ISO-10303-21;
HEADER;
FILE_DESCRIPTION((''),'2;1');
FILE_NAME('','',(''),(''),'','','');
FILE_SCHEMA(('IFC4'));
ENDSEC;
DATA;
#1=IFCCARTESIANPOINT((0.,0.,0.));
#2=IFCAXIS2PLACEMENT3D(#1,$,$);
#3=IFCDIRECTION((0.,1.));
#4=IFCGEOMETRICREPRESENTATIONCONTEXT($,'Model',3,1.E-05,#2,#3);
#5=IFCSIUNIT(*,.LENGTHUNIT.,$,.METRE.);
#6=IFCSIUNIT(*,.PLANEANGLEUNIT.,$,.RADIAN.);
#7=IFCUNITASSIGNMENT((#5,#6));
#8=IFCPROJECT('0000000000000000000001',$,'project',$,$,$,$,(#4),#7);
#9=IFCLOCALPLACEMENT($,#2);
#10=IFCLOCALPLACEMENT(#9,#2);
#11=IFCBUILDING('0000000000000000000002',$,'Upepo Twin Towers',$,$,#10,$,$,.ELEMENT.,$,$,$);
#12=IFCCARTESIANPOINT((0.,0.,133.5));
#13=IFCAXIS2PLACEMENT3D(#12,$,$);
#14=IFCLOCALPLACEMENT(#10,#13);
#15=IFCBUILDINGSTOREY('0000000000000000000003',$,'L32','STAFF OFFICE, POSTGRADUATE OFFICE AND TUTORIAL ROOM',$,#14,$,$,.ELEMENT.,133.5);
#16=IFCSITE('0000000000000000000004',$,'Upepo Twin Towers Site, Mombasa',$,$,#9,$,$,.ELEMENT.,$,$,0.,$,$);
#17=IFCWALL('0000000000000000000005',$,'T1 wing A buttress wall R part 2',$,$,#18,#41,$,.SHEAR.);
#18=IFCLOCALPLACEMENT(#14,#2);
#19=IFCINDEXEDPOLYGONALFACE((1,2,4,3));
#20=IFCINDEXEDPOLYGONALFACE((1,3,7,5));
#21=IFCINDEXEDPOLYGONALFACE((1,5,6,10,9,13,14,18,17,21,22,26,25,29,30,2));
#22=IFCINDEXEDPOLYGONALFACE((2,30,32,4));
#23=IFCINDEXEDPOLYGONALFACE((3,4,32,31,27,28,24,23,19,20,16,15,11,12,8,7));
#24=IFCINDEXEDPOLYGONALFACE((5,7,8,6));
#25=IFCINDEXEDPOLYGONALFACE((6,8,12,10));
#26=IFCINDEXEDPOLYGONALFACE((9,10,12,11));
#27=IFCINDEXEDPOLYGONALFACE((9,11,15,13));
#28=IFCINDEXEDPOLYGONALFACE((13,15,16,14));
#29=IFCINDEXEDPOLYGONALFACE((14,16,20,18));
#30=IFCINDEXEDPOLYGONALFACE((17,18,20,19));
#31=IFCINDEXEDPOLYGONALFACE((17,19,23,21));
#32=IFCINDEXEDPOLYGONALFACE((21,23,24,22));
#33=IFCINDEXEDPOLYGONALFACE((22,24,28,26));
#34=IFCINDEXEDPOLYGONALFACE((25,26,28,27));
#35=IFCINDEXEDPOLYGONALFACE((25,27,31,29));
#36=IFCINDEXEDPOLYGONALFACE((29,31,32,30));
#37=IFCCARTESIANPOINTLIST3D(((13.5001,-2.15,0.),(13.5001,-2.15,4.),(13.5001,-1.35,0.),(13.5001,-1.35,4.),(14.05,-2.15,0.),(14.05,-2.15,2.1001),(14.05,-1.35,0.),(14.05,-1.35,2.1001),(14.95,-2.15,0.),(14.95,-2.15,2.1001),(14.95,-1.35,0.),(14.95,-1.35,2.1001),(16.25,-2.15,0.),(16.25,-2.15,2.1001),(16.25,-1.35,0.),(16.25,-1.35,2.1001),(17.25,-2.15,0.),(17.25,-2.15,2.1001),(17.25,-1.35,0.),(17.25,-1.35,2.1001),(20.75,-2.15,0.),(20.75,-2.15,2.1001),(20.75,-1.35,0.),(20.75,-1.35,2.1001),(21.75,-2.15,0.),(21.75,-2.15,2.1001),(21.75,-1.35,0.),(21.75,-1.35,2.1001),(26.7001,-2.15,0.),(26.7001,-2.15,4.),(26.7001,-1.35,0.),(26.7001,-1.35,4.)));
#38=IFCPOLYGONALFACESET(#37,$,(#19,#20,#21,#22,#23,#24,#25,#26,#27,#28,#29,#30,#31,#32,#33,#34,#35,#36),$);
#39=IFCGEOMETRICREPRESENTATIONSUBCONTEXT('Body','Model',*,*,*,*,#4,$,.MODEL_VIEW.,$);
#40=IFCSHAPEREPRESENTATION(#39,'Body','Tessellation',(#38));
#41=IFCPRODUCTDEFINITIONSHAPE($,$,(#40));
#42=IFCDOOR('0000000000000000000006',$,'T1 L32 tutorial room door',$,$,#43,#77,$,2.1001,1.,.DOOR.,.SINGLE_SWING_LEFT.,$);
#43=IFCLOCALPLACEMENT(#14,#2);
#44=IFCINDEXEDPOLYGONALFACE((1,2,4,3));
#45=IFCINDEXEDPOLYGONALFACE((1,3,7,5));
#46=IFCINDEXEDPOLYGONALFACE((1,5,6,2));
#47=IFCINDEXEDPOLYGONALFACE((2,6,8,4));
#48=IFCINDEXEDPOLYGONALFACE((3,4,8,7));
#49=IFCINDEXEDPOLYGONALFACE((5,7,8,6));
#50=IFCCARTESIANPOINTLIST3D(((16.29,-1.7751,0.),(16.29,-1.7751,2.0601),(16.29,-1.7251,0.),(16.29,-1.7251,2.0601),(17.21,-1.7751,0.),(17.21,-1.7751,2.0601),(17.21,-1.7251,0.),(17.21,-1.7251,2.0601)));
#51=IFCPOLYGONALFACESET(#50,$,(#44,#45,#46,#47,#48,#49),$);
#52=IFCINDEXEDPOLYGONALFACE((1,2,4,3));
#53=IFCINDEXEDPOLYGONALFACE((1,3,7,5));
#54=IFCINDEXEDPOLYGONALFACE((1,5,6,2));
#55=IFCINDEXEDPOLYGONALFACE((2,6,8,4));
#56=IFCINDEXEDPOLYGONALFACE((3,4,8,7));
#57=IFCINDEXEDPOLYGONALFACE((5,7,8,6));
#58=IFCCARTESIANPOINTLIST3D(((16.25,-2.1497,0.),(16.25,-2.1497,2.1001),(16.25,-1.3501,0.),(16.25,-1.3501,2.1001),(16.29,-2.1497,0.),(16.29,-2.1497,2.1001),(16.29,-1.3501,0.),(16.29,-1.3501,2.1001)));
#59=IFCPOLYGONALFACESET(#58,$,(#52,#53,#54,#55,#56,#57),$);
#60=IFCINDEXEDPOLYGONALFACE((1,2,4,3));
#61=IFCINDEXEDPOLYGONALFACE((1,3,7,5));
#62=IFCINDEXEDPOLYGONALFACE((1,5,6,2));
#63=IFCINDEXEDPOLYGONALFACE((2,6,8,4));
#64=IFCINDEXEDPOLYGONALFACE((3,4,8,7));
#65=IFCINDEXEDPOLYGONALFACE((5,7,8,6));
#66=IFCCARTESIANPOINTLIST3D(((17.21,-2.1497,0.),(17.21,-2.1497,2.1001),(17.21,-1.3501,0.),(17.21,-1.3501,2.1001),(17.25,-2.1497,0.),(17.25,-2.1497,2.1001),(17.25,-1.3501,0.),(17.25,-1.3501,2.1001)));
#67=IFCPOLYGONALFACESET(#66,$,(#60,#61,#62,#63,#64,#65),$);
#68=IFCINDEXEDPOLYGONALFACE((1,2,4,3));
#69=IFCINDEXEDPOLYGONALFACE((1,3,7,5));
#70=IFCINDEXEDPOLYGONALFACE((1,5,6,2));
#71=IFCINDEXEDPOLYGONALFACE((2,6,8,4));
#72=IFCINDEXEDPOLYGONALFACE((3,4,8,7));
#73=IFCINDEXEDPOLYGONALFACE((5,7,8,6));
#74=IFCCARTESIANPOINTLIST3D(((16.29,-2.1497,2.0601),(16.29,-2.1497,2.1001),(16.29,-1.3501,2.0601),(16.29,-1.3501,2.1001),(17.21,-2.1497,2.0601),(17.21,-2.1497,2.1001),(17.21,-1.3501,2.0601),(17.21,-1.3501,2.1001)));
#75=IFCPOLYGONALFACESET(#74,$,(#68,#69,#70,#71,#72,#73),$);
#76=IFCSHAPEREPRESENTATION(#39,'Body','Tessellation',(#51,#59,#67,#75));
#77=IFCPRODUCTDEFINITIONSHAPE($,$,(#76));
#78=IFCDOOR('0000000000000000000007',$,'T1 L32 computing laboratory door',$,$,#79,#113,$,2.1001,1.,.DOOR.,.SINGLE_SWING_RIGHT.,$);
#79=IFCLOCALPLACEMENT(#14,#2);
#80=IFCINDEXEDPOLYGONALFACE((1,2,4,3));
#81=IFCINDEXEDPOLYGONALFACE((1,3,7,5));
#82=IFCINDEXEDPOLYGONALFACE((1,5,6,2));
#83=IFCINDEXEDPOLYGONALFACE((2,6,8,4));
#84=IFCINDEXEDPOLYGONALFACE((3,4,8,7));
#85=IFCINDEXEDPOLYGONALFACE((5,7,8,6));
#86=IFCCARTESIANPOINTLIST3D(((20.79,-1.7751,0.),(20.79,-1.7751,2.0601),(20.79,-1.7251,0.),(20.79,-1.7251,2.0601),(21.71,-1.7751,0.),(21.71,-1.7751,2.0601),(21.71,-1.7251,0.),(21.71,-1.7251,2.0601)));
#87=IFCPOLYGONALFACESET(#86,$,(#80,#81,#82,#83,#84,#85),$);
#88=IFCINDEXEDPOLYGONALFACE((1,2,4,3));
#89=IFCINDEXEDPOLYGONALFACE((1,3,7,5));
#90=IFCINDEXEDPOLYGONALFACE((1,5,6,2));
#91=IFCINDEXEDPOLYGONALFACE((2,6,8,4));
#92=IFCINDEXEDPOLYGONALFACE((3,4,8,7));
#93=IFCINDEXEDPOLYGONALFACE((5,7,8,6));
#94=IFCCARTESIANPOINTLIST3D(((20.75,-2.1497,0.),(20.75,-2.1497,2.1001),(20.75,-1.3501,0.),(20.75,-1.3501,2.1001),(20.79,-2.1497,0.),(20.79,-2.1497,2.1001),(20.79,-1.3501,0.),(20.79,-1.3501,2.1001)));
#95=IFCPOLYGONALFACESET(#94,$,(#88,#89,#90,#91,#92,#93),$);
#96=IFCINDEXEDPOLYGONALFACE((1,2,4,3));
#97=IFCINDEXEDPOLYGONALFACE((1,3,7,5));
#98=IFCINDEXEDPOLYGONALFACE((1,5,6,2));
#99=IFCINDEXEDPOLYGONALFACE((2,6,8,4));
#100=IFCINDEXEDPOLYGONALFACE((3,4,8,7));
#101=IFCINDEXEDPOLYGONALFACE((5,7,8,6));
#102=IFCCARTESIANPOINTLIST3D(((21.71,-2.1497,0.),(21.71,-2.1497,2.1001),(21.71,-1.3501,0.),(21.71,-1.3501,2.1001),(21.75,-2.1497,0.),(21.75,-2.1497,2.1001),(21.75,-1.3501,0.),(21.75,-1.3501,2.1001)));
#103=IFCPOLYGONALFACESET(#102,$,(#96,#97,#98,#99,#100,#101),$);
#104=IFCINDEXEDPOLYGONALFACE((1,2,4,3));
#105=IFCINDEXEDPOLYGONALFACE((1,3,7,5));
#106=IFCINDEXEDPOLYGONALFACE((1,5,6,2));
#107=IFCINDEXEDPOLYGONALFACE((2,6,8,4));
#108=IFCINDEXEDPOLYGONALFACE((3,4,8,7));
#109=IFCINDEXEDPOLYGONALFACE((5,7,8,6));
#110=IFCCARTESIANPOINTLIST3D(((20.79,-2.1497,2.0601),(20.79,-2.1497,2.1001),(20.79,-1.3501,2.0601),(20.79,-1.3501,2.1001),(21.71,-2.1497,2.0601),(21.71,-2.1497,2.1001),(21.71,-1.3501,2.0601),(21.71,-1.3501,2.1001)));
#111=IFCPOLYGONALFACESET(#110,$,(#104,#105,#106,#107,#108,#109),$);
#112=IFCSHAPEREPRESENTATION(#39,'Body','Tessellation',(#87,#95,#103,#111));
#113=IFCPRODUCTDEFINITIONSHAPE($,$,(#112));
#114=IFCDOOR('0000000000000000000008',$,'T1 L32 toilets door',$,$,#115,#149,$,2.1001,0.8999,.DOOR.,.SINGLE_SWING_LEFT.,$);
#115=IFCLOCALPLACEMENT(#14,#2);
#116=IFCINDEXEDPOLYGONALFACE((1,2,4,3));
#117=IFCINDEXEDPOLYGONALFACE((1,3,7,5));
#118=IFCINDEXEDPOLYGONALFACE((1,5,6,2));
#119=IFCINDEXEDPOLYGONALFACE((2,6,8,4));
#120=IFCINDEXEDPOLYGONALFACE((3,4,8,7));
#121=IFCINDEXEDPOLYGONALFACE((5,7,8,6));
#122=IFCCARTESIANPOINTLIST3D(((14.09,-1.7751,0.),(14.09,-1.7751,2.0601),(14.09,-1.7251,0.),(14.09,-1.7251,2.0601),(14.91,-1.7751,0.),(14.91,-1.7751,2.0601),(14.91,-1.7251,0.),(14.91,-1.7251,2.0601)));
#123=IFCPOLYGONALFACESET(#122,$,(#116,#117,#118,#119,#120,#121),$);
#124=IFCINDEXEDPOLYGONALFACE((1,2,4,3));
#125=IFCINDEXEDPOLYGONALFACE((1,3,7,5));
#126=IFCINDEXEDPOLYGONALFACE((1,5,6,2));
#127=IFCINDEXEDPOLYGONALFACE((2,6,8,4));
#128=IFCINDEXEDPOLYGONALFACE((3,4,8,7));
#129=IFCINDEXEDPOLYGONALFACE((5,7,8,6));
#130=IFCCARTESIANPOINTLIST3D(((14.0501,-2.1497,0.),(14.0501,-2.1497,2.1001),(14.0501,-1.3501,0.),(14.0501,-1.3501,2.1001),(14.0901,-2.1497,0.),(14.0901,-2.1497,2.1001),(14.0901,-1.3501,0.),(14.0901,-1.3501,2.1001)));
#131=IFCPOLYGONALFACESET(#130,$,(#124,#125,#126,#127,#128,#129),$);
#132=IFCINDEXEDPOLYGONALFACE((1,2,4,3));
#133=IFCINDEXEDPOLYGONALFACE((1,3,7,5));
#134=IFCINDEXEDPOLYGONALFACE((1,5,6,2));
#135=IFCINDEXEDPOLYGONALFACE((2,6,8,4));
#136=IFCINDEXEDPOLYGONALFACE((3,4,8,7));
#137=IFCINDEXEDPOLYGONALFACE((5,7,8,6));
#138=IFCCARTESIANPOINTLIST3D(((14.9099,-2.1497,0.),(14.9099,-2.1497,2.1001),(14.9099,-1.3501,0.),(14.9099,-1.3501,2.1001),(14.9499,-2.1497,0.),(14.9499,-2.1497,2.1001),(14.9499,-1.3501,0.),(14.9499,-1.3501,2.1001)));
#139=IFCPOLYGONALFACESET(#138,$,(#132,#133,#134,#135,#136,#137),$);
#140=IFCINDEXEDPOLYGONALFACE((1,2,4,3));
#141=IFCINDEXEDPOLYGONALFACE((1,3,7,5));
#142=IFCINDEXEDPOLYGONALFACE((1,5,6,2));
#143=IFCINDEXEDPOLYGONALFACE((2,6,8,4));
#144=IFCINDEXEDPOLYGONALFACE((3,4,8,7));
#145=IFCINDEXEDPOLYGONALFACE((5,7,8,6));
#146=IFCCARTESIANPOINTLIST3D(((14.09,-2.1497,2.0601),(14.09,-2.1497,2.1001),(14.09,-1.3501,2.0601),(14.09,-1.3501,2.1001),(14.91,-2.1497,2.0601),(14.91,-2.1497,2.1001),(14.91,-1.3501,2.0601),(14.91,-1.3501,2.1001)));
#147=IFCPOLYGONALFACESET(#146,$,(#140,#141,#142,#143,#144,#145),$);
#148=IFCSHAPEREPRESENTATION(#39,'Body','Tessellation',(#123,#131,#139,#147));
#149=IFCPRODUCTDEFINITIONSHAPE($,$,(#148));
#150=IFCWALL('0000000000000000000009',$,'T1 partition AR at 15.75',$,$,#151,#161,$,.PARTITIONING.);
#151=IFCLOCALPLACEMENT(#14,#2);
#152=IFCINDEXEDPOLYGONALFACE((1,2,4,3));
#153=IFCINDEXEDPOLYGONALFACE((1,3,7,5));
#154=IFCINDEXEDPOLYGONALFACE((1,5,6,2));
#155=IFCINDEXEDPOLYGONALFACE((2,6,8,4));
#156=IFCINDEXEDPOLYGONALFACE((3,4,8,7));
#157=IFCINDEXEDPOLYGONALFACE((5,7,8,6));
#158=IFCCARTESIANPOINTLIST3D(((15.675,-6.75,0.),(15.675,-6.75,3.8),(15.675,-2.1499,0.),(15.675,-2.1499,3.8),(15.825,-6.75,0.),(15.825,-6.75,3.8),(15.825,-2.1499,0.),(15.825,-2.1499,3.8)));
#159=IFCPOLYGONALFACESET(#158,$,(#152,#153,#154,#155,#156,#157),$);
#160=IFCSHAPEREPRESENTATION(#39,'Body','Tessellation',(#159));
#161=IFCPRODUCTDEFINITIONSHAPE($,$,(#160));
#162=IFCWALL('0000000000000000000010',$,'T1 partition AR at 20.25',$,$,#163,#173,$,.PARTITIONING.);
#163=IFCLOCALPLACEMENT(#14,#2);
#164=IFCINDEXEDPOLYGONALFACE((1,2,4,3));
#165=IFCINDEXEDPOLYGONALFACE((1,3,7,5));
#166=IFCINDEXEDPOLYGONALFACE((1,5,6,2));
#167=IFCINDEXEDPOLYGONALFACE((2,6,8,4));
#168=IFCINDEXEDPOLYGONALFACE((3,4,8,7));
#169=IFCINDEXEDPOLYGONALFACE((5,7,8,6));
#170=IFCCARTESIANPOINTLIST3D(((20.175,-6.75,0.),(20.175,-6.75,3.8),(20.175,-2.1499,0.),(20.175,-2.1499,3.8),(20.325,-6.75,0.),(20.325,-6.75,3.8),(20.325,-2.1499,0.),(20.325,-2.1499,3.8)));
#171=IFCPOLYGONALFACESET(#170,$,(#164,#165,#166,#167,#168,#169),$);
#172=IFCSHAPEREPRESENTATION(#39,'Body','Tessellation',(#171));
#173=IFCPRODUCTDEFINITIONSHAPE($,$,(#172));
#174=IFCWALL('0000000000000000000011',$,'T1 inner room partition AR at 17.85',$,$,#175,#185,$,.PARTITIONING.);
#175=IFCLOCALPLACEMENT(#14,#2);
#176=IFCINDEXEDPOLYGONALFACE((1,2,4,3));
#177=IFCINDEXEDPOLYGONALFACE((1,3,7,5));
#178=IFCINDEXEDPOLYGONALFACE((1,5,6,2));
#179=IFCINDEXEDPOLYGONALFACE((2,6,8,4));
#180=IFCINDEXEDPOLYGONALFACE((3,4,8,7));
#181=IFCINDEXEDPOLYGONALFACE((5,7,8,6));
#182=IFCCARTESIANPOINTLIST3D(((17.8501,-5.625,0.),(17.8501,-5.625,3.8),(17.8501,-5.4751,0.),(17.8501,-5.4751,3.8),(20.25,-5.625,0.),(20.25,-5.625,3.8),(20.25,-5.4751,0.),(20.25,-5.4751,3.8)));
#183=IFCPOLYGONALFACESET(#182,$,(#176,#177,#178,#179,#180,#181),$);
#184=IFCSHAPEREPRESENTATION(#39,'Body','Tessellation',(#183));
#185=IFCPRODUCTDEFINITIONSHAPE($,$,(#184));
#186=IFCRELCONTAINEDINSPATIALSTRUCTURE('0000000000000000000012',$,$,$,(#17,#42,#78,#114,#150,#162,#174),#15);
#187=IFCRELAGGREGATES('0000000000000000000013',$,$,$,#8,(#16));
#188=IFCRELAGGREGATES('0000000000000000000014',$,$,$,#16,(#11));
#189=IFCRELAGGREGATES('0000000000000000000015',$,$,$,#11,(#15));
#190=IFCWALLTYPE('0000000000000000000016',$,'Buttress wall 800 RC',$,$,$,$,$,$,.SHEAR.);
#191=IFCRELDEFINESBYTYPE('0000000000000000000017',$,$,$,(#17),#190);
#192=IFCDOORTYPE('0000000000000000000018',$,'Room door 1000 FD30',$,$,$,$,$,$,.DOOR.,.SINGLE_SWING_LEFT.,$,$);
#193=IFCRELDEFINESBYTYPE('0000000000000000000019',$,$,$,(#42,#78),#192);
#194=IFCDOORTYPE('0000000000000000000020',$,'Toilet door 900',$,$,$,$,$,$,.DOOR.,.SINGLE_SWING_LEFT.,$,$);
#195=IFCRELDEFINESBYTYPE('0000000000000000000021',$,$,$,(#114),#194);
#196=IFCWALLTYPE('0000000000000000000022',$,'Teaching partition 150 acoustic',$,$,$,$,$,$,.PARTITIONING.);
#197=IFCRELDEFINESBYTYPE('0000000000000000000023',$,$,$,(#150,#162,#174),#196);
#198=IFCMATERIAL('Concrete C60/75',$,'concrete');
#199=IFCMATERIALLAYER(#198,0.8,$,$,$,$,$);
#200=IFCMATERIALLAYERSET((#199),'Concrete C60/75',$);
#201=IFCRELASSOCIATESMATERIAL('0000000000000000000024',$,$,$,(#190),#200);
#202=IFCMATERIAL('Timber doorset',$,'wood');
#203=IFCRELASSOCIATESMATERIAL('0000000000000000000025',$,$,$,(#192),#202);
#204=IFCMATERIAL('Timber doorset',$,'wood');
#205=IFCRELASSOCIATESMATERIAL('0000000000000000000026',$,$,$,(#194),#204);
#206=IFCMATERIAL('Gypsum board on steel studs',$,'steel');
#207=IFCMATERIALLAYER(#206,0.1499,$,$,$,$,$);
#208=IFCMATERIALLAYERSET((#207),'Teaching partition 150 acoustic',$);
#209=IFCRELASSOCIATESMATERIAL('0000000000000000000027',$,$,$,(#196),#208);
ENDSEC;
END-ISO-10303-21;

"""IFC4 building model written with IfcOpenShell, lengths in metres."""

from ifc_helpers import new_model, si_unit, direction, frame, frame_2d, origin, place, context, subcontext, project, spatial, rectangle, extrude, material, layer, layer_set, type_object, element, fill, save


model = new_model("IFC4")

# Units and contexts
model_context = context("Model", 3, precision=1e-05, world=origin(), true_north=direction((0.0, 1.0)))
body_context = subcontext(model_context, "Body", "Model", "MODEL_VIEW")
ifc_project = project(units=[si_unit("LENGTHUNIT", "METRE"), si_unit("PLANEANGLEUNIT", "RADIAN")], contexts=[model_context])

# Site, building, storey
site_placement = place(None, origin())
site = spatial("IfcSite", under=ifc_project, at=site_placement, Name="Upepo Twin Towers Site, Mombasa", CompositionType="ELEMENT", RefElevation=0.0)
building_placement = place(site_placement, origin())
building = spatial("IfcBuilding", under=site, at=building_placement, Name="Upepo Twin Towers", CompositionType="ELEMENT")
storey_placement = place(building_placement, frame((0.0, 0.0, 133.5)))
storey = spatial("IfcBuildingStorey", under=building, at=storey_placement, Name="L32", Description="STAFF OFFICE, POSTGRADUATE OFFICE AND TUTORIAL ROOM", CompositionType="ELEMENT", Elevation=133.5)

# Wall, openings, doors
ifc_material_1 = material(Name="Concrete C60/75", Category="concrete")
ifc_layer_1 = layer(ifc_material_1, 0.8)
ifc_layer_set_1 = layer_set([ifc_layer_1], Name="Concrete C60/75")
wall_type_1 = type_object("IfcWallType", Name="Buttress wall 800 RC", PredefinedType="SHEAR", material=ifc_layer_set_1)
ifc_material_2 = material(Name="Timber doorset", Category="wood")
door_type_1 = type_object("IfcDoorType", Name="Room door 1000 FD30", OperationType="SINGLE_SWING_LEFT", PredefinedType="DOOR", material=ifc_material_2)
ifc_material_3 = material(Name="Timber doorset", Category="wood")
door_type_2 = type_object("IfcDoorType", Name="Toilet door 900", OperationType="SINGLE_SWING_LEFT", PredefinedType="DOOR", material=ifc_material_3)
wall_1_placement = place(storey_placement, frame((13.5, -1.75, 0.0), z_axis=(0.0, 0.0, 1.0), x_axis=(1.0, 0.0, 0.0)))
wall_1 = element("IfcWall", 1, at=wall_1_placement, inside=storey, type_object=wall_type_1, Name="T1 wing A buttress wall R part 2", PredefinedType="SHEAR", context=body_context, shape_type="SweptSolid", body=[
    extrude(rectangle(XDim=13.2, YDim=0.8, at=frame_2d((6.6001, 0.0))), origin(), (0.0, 0.0, 1.0), 4.0),
])
opening_1_placement = place(wall_1_placement, frame((0.55, 0.0, 0.0)))
opening_1 = element("IfcOpeningElement", 2, at=opening_1_placement, cuts=wall_1, PredefinedType="OPENING", context=body_context, shape_type="SweptSolid", body=[
    extrude(rectangle(XDim=0.8999, YDim=2.1001, at=frame_2d((0.45, 1.05))), frame((0.0, 0.4099, 0.0), z_axis=(0.0, -1.0, 0.0), x_axis=(1.0, 0.0, 0.0)), (0.0, 0.0, 1.0), 0.8201),
])
opening_2_placement = place(wall_1_placement, frame((2.75, 0.0, 0.0)))
opening_2 = element("IfcOpeningElement", 3, at=opening_2_placement, cuts=wall_1, PredefinedType="OPENING", context=body_context, shape_type="SweptSolid", body=[
    extrude(rectangle(XDim=1.0, YDim=2.1001, at=frame_2d((0.5, 1.05))), frame((0.0, 0.4099, 0.0), z_axis=(0.0, -1.0, 0.0), x_axis=(1.0, 0.0, 0.0)), (0.0, 0.0, 1.0), 0.8201),
])
opening_3_placement = place(wall_1_placement, frame((7.25, 0.0, 0.0)))
opening_3 = element("IfcOpeningElement", 4, at=opening_3_placement, cuts=wall_1, PredefinedType="OPENING", context=body_context, shape_type="SweptSolid", body=[
    extrude(rectangle(XDim=1.0, YDim=2.1001, at=frame_2d((0.5, 1.05))), frame((0.0, 0.4099, 0.0), z_axis=(0.0, -1.0, 0.0), x_axis=(1.0, 0.0, 0.0)), (0.0, 0.0, 1.0), 0.8201),
])
door_1_placement = place(opening_2_placement, origin())
door_1 = element("IfcDoor", 5, at=door_1_placement, inside=storey, type_object=door_type_1, Name="T1 L32 tutorial room door", OperationType="SINGLE_SWING_LEFT", OverallHeight=2.1001, OverallWidth=1.0, PredefinedType="DOOR", context=body_context, shape_type="SweptSolid", body=[
    extrude(rectangle(XDim=0.92, YDim=2.0601, at=frame_2d((0.5, 1.03))), frame((0.0, 0.0249, 0.0), z_axis=(0.0, -1.0, 0.0), x_axis=(1.0, 0.0, 0.0)), (0.0, 0.0, 1.0), 0.05),
    extrude(rectangle(XDim=0.04, YDim=2.1001, at=frame_2d((0.02, 1.05))), frame((0.0, 0.3999, 0.0), z_axis=(0.0, -1.0, 0.0), x_axis=(1.0, 0.0, 0.0)), (0.0, 0.0, 1.0), 0.7996),
    extrude(rectangle(XDim=0.04, YDim=2.1001, at=frame_2d((0.98, 1.05))), frame((0.0, 0.3999, 0.0), z_axis=(0.0, -1.0, 0.0), x_axis=(1.0, 0.0, 0.0)), (0.0, 0.0, 1.0), 0.7996),
    extrude(rectangle(XDim=0.92, YDim=0.04, at=frame_2d((0.5, 2.0801))), frame((0.0, 0.3999, 0.0), z_axis=(0.0, -1.0, 0.0), x_axis=(1.0, 0.0, 0.0)), (0.0, 0.0, 1.0), 0.7996),
])
fill(opening_2, door_1)
door_2_placement = place(opening_3_placement, origin())
door_2 = element("IfcDoor", 6, at=door_2_placement, inside=storey, type_object=door_type_1, Name="T1 L32 computing laboratory door", OperationType="SINGLE_SWING_RIGHT", OverallHeight=2.1001, OverallWidth=1.0, PredefinedType="DOOR", context=body_context, shape_type="SweptSolid", body=[
    extrude(rectangle(XDim=0.92, YDim=2.0601, at=frame_2d((0.5, 1.03))), frame((0.0, 0.0249, 0.0), z_axis=(0.0, -1.0, 0.0), x_axis=(1.0, 0.0, 0.0)), (0.0, 0.0, 1.0), 0.05),
    extrude(rectangle(XDim=0.04, YDim=2.1001, at=frame_2d((0.02, 1.05))), frame((0.0, 0.3999, 0.0), z_axis=(0.0, -1.0, 0.0), x_axis=(1.0, 0.0, 0.0)), (0.0, 0.0, 1.0), 0.7996),
    extrude(rectangle(XDim=0.04, YDim=2.1001, at=frame_2d((0.98, 1.05))), frame((0.0, 0.3999, 0.0), z_axis=(0.0, -1.0, 0.0), x_axis=(1.0, 0.0, 0.0)), (0.0, 0.0, 1.0), 0.7996),
    extrude(rectangle(XDim=0.92, YDim=0.04, at=frame_2d((0.5, 2.0801))), frame((0.0, 0.3999, 0.0), z_axis=(0.0, -1.0, 0.0), x_axis=(1.0, 0.0, 0.0)), (0.0, 0.0, 1.0), 0.7996),
])
fill(opening_3, door_2)
door_3_placement = place(opening_1_placement, origin())
door_3 = element("IfcDoor", 7, at=door_3_placement, inside=storey, type_object=door_type_2, Name="T1 L32 toilets door", OperationType="SINGLE_SWING_LEFT", OverallHeight=2.1001, OverallWidth=0.8999, PredefinedType="DOOR", context=body_context, shape_type="SweptSolid", body=[
    extrude(rectangle(XDim=0.8199, YDim=2.0601, at=frame_2d((0.45, 1.03))), frame((0.0, 0.0249, 0.0), z_axis=(0.0, -1.0, 0.0), x_axis=(1.0, 0.0, 0.0)), (0.0, 0.0, 1.0), 0.05),
    extrude(rectangle(XDim=0.04, YDim=2.1001, at=frame_2d((0.02, 1.05))), frame((0.0, 0.3999, 0.0), z_axis=(0.0, -1.0, 0.0), x_axis=(1.0, 0.0, 0.0)), (0.0, 0.0, 1.0), 0.7996),
    extrude(rectangle(XDim=0.04, YDim=2.1001, at=frame_2d((0.8799, 1.05))), frame((0.0, 0.3999, 0.0), z_axis=(0.0, -1.0, 0.0), x_axis=(1.0, 0.0, 0.0)), (0.0, 0.0, 1.0), 0.7996),
    extrude(rectangle(XDim=0.8199, YDim=0.04, at=frame_2d((0.45, 2.0801))), frame((0.0, 0.3999, 0.0), z_axis=(0.0, -1.0, 0.0), x_axis=(1.0, 0.0, 0.0)), (0.0, 0.0, 1.0), 0.7996),
])
fill(opening_1, door_3)

# Walls
ifc_material_4 = material(Name="Gypsum board on steel studs", Category="steel")
ifc_layer_2 = layer(ifc_material_4, 0.1499)
ifc_layer_set_2 = layer_set([ifc_layer_2], Name="Teaching partition 150 acoustic")
wall_type_2 = type_object("IfcWallType", Name="Teaching partition 150 acoustic", PredefinedType="PARTITIONING", material=ifc_layer_set_2)
for number, where, z_axis, x_axis, name in (
    (8, (15.75, -2.1499, 0.0), (0.0, 0.0, 1.0), (0.0, -1.0, 0.0), "T1 partition AR at 15.75"),
    (9, (20.25, -2.1499, 0.0), (0.0, 0.0, 1.0), (0.0, -1.0, 0.0), "T1 partition AR at 20.25"),
):
    element("IfcWall", number, at=place(storey_placement, frame(where, z_axis=z_axis, x_axis=x_axis)), inside=storey, type_object=wall_type_2, Name=name, PredefinedType="PARTITIONING", context=body_context, shape_type="SweptSolid", body=[
        extrude(rectangle(XDim=4.6001, YDim=0.1499, at=frame_2d((2.3, 0.0))), origin(), (0.0, 0.0, 1.0), 3.8),
    ])
wall_2_placement = place(storey_placement, frame((17.8501, -5.55, 0.0), z_axis=(0.0, 0.0, 1.0), x_axis=(1.0, 0.0, 0.0)))
element("IfcWall", 10, at=wall_2_placement, inside=storey, type_object=wall_type_2, Name="T1 inner room partition AR at 17.85", PredefinedType="PARTITIONING", context=body_context, shape_type="SweptSolid", body=[
    extrude(rectangle(XDim=2.3999, YDim=0.1499, at=frame_2d((1.2, 0.0))), origin(), (0.0, 0.0, 1.0), 3.8),
])

save(model, "model.ifc")
